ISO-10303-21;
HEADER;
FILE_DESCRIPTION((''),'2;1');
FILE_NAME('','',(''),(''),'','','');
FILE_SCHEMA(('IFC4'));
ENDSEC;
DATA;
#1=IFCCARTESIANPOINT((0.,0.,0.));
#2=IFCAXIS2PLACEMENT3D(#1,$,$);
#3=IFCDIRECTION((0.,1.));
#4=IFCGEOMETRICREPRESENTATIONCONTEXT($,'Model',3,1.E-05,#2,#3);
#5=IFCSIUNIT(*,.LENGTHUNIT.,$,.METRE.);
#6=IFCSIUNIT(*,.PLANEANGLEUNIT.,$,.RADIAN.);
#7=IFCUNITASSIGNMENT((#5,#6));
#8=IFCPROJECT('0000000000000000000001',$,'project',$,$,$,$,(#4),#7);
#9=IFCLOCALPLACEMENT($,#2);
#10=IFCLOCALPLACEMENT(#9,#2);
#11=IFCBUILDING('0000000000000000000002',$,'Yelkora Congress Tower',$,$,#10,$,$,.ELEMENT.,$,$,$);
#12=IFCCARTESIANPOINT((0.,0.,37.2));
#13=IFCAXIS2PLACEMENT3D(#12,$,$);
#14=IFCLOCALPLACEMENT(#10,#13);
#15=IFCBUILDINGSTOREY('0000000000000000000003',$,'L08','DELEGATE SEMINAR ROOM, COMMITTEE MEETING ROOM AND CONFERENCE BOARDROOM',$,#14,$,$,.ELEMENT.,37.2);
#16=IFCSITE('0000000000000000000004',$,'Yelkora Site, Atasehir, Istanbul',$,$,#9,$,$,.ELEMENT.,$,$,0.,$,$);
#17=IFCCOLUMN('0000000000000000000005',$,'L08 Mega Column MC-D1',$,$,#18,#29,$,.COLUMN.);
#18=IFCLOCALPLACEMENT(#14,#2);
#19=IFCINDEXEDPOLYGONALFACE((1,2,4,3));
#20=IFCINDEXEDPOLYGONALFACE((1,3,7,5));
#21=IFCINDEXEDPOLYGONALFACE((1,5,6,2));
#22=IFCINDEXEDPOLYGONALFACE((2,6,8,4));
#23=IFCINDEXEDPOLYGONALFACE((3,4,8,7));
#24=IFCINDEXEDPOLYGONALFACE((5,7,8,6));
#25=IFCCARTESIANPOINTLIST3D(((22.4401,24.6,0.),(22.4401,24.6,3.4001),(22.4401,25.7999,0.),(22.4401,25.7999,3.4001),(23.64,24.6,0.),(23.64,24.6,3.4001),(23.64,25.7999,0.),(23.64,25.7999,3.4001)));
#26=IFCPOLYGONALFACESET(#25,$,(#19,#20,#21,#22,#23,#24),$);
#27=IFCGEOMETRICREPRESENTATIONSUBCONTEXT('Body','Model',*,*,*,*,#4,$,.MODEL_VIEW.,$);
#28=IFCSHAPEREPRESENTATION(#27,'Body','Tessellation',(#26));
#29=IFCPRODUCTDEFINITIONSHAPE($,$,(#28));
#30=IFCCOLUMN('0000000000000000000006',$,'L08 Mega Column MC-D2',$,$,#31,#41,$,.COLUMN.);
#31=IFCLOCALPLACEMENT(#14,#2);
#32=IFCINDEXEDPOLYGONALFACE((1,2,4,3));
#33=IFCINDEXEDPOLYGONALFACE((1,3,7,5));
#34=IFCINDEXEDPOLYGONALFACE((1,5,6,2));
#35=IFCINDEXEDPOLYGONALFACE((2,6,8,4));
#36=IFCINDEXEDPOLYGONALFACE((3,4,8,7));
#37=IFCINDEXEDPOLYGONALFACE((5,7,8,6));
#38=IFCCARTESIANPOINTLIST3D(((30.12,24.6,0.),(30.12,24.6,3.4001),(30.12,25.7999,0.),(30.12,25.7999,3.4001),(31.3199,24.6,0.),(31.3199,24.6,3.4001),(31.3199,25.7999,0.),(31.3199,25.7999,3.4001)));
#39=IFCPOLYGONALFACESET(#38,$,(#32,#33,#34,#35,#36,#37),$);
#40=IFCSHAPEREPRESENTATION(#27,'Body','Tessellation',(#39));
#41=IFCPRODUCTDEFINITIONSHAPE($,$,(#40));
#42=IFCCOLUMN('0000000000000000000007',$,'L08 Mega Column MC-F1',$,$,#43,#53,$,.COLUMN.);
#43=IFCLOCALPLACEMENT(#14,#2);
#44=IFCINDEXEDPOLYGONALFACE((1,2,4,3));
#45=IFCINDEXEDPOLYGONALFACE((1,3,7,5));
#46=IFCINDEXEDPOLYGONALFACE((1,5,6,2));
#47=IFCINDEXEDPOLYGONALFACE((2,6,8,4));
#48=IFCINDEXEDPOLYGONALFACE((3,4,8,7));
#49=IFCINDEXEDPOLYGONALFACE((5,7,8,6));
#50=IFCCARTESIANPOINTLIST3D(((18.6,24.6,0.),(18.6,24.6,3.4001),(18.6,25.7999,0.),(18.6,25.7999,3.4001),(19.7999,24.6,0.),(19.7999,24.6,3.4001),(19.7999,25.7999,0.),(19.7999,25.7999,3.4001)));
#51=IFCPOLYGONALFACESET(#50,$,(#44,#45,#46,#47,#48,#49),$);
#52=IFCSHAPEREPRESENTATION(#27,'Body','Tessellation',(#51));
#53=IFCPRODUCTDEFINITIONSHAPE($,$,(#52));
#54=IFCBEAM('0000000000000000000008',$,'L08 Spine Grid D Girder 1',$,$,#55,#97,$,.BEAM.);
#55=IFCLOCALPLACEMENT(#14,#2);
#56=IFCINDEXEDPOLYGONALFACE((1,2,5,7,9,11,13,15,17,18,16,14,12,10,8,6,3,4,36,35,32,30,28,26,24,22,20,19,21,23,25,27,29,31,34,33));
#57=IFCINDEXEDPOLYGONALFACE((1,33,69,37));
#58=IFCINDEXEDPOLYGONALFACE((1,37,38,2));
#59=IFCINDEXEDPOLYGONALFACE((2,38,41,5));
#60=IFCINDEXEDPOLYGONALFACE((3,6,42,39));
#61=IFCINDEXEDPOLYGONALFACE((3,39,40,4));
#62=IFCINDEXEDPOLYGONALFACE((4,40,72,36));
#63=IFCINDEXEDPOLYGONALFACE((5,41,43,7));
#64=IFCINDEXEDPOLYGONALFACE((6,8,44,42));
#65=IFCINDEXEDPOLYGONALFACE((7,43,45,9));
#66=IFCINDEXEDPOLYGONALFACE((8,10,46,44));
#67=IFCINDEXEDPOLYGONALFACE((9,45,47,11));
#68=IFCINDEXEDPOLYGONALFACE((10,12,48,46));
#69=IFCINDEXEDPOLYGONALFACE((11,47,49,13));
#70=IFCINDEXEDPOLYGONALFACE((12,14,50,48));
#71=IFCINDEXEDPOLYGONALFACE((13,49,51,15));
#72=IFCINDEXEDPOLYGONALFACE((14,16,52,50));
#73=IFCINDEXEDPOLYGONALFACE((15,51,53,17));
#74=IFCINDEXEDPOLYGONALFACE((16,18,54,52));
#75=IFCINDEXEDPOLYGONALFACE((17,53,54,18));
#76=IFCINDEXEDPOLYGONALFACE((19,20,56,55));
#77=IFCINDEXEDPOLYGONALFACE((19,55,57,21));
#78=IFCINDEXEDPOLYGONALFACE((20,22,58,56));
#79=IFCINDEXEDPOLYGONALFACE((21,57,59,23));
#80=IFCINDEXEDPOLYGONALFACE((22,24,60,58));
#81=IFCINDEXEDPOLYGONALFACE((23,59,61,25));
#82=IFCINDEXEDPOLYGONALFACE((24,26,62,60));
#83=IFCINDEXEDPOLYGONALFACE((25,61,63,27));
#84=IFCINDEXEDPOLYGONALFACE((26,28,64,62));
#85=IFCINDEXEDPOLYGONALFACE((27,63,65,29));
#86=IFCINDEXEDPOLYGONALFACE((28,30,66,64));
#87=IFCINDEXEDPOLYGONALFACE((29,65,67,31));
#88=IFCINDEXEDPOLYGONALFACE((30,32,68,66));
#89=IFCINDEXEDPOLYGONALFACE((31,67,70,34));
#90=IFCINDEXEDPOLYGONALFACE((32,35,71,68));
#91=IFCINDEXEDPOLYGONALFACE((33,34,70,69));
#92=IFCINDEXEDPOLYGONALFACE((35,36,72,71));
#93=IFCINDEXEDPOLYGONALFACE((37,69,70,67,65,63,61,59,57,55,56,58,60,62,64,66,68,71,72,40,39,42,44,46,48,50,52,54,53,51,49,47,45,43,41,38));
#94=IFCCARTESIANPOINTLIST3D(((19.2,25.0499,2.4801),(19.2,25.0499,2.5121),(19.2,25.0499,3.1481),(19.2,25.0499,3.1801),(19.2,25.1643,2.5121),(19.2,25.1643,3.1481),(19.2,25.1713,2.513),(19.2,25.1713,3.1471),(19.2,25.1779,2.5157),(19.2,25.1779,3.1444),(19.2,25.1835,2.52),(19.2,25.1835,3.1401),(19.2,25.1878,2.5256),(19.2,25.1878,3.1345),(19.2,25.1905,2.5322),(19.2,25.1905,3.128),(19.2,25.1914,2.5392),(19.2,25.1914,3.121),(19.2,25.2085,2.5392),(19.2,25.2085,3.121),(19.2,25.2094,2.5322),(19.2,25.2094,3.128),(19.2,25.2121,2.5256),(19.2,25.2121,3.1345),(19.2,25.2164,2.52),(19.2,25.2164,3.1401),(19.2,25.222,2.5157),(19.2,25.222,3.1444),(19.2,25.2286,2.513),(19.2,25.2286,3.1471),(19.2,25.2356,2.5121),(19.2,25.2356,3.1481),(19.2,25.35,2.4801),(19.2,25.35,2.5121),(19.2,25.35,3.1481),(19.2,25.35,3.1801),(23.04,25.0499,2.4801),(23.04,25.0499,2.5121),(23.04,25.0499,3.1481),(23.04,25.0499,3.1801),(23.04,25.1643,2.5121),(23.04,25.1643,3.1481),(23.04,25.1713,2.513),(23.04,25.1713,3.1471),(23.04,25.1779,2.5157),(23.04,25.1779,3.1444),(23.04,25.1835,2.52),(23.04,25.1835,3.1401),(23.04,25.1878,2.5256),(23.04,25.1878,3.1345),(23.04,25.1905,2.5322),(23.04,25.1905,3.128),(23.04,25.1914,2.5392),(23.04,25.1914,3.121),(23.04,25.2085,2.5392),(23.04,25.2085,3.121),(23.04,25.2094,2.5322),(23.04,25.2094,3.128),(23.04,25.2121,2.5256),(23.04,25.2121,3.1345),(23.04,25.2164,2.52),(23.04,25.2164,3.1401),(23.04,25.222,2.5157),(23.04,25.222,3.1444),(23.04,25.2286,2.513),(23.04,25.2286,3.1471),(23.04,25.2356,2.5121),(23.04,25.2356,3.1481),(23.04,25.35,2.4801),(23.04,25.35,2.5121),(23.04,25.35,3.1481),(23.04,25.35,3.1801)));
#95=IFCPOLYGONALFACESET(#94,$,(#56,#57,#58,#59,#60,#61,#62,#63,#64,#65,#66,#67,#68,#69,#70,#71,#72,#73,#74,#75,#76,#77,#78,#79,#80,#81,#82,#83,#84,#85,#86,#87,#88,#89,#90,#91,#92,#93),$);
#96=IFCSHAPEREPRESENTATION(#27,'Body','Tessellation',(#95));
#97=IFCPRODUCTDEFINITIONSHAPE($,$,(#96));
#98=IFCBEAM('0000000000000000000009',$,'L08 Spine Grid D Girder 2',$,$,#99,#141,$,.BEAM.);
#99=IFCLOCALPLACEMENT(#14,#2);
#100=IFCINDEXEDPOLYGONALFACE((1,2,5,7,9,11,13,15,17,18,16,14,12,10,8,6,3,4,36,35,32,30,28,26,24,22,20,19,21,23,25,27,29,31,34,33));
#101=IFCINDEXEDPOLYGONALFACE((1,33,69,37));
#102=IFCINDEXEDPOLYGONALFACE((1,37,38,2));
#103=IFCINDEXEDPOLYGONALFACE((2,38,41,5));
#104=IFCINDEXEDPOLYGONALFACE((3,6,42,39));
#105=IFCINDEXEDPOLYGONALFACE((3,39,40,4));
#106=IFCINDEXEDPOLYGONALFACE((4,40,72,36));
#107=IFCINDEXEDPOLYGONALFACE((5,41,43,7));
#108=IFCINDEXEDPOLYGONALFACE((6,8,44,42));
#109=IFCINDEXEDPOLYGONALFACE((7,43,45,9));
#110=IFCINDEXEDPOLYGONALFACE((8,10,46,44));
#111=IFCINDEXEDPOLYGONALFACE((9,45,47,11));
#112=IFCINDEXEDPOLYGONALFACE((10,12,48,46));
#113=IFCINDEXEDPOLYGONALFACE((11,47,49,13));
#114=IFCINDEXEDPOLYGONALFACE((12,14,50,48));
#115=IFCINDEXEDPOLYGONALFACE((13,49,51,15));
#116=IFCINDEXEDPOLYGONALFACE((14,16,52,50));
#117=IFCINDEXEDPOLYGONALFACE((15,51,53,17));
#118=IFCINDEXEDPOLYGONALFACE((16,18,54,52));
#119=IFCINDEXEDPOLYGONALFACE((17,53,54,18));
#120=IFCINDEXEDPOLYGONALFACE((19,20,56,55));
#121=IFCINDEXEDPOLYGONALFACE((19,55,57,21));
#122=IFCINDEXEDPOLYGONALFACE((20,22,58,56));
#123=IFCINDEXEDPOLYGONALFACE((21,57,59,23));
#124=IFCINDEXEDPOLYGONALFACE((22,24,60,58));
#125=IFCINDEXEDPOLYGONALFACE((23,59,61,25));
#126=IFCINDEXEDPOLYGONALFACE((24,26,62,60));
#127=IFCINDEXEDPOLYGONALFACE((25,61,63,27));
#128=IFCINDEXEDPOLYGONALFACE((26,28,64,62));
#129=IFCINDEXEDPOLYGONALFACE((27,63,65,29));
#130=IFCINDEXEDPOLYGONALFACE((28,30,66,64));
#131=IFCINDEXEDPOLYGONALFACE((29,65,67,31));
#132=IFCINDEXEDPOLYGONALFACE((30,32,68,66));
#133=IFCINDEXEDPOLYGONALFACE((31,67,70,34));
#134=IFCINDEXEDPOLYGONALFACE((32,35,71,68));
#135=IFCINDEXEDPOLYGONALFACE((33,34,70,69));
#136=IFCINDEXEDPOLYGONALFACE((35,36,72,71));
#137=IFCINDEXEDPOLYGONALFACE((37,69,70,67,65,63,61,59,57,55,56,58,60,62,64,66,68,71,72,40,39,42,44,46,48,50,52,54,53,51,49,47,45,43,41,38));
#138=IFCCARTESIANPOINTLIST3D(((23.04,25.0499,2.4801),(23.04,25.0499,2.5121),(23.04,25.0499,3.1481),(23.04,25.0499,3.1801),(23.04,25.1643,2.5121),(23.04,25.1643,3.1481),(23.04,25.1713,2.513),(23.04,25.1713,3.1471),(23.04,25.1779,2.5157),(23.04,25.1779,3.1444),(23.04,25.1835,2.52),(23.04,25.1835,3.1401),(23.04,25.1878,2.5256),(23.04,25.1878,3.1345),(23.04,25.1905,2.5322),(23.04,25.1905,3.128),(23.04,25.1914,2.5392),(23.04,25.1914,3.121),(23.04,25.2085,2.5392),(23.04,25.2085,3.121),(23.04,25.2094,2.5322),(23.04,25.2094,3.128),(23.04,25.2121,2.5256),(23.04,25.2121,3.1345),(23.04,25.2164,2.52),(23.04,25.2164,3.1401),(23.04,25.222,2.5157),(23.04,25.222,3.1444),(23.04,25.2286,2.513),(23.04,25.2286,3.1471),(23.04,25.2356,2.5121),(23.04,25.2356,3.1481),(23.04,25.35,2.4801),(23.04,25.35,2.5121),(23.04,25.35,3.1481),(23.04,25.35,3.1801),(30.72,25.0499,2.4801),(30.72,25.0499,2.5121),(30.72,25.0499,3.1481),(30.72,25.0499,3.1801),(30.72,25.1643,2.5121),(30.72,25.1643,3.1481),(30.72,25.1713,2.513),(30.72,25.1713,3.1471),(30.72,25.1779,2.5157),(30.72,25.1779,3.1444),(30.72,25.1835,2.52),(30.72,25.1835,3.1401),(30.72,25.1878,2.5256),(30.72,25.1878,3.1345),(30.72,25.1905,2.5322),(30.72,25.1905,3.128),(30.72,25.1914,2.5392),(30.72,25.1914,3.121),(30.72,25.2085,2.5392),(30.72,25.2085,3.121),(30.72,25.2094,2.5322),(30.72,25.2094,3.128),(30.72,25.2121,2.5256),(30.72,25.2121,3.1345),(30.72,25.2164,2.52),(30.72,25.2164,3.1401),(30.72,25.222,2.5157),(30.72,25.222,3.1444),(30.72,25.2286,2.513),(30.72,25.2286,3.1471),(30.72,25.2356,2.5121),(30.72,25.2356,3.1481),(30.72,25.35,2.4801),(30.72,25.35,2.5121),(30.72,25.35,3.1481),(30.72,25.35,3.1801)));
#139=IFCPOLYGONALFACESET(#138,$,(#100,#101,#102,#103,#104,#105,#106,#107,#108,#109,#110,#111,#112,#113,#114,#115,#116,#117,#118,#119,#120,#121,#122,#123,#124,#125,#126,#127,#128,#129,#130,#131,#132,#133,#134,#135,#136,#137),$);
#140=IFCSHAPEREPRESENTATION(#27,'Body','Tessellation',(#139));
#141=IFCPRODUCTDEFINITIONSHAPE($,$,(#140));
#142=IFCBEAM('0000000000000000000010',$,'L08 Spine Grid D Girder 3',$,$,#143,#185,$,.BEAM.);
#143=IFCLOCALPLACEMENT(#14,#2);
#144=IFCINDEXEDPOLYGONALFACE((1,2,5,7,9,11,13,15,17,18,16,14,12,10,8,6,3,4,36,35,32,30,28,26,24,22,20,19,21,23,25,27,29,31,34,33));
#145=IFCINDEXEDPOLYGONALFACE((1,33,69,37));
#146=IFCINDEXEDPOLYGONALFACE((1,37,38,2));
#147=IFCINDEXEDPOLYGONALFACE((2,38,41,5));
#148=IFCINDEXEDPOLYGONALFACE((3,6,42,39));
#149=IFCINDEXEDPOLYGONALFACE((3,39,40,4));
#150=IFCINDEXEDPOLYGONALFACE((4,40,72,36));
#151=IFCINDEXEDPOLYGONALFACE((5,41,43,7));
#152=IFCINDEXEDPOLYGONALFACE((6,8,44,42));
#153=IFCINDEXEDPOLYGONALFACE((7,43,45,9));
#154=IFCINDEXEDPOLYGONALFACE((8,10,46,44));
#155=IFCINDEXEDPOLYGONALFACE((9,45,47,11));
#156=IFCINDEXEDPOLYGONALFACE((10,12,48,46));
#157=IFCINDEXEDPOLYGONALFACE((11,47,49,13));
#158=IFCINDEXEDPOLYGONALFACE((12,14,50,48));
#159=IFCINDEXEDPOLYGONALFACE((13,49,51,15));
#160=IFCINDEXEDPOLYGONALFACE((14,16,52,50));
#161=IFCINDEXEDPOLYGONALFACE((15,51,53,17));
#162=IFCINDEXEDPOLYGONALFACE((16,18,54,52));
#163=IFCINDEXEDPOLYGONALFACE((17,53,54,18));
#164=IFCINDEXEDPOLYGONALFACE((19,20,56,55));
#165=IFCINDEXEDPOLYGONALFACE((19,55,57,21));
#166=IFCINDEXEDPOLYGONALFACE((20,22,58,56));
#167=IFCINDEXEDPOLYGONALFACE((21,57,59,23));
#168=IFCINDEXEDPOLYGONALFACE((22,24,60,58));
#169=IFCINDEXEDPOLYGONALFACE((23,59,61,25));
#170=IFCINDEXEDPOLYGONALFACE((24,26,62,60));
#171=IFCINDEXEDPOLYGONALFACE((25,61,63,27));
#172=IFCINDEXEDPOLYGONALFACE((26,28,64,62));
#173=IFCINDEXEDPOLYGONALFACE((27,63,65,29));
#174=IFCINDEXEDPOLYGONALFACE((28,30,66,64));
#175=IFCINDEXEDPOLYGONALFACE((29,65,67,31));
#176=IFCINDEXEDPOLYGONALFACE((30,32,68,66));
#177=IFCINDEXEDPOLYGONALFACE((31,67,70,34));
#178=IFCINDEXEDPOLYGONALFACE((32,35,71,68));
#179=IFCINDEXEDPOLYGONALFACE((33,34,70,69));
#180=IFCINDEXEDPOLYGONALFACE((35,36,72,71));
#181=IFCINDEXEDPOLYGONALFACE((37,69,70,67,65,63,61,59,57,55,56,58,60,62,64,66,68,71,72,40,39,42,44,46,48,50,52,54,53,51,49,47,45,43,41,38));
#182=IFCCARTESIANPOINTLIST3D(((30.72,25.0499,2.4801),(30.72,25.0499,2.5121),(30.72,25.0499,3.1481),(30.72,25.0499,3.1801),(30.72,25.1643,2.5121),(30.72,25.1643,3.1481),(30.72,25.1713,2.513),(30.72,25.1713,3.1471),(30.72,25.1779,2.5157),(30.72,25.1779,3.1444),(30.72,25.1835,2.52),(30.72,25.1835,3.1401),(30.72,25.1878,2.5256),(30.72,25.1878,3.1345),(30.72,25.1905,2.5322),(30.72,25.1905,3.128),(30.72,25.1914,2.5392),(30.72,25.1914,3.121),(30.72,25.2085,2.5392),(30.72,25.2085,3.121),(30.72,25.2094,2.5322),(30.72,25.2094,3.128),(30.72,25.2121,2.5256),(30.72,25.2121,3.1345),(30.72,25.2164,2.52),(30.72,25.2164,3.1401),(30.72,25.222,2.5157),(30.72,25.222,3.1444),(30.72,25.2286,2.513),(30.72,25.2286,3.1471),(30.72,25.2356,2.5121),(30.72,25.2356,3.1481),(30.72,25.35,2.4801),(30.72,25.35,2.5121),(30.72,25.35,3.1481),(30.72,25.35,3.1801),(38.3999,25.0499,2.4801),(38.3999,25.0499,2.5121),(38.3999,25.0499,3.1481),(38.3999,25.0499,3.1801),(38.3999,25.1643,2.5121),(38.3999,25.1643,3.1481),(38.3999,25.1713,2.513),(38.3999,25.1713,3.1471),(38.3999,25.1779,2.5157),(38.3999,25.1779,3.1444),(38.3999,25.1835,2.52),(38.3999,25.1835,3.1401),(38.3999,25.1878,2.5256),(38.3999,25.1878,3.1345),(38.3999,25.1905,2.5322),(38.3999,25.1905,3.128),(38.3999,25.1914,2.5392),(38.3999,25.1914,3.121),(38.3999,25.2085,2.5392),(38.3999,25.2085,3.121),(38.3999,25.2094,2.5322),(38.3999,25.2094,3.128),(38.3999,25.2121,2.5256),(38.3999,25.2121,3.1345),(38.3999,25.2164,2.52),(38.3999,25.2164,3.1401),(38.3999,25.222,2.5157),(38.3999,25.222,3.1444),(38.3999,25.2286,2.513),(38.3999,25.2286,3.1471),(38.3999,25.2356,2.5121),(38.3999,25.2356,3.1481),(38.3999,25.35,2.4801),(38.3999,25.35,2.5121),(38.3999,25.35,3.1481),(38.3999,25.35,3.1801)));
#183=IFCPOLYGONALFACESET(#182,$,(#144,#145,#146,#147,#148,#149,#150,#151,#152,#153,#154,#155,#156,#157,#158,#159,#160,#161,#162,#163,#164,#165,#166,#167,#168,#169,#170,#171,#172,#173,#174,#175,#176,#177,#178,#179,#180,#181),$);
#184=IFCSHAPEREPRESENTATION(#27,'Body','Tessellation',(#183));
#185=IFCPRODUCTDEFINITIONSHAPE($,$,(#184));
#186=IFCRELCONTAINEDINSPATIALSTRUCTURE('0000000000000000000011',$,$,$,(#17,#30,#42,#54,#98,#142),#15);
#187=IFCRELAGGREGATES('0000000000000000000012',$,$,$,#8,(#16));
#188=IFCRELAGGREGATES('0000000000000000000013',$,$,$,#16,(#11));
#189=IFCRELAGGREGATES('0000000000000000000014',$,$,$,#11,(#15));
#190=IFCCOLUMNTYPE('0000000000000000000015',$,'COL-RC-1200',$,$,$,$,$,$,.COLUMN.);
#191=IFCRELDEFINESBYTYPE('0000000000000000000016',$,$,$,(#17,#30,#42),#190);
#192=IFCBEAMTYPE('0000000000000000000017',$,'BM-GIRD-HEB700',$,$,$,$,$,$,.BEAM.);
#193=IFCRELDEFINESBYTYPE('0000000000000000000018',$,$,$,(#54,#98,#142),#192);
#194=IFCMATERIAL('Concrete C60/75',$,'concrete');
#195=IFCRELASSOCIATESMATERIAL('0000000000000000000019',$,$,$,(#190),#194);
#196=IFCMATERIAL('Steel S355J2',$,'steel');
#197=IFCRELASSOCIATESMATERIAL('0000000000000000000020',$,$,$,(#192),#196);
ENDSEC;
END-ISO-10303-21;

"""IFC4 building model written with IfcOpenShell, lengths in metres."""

from ifc_helpers import new_model, si_unit, direction, frame, origin, origin_2d, place, context, subcontext, project, spatial, rectangle, i_section, extrude, material, material_profile, profile_set, type_object, element, save


model = new_model("IFC4")

# Units and contexts
model_context = context("Model", 3, precision=1e-05, world=origin(), true_north=direction((0.0, 1.0)))
body_context = subcontext(model_context, "Body", "Model", "MODEL_VIEW")
ifc_project = project(units=[si_unit("LENGTHUNIT", "METRE"), si_unit("PLANEANGLEUNIT", "RADIAN")], contexts=[model_context])

# Site, building, storey
site_placement = place(None, origin())
site = spatial("IfcSite", under=ifc_project, at=site_placement, Name="Yelkora Site, Atasehir, Istanbul", CompositionType="ELEMENT", RefElevation=0.0)
building_placement = place(site_placement, origin())
building = spatial("IfcBuilding", under=site, at=building_placement, Name="Yelkora Congress Tower", CompositionType="ELEMENT")
storey_placement = place(building_placement, frame((0.0, 0.0, 37.2)))
storey = spatial("IfcBuildingStorey", under=building, at=storey_placement, Name="L08", Description="DELEGATE SEMINAR ROOM, COMMITTEE MEETING ROOM AND CONFERENCE BOARDROOM", CompositionType="ELEMENT", Elevation=37.2)

# Columns
ifc_material_1 = material(Name="Concrete C60/75", Category="concrete")
ifc_material_profile_1 = material_profile(ifc_material_1, rectangle(XDim=1.2, YDim=1.2, at=origin_2d()), Name="RC 1200x1200")
ifc_profile_set_1 = profile_set([ifc_material_profile_1], Name="Concrete C60/75")
column_type = type_object("IfcColumnType", Name="COL-RC-1200", PredefinedType="COLUMN", material=ifc_profile_set_1)
for number, where, z_axis, x_axis, name in (
    (1, (23.04, 25.2, 0.0), (0.0, 0.0, 1.0), (1.0, 0.0, 0.0), "L08 Mega Column MC-D1"),
    (2, (30.72, 25.2, 0.0), (0.0, 0.0, 1.0), (1.0, 0.0, 0.0), "L08 Mega Column MC-D2"),
    (3, (19.2, 25.2, 0.0), (0.0, 0.0, 1.0), (1.0, 0.0, 0.0), "L08 Mega Column MC-F1"),
):
    element("IfcColumn", number, at=place(storey_placement, frame(where, z_axis=z_axis, x_axis=x_axis)), inside=storey, type_object=column_type, Name=name, PredefinedType="COLUMN", context=body_context, shape_type="SweptSolid", body=[
        extrude(rectangle(XDim=1.2, YDim=1.2, at=origin_2d()), origin(), (0.0, 0.0, 1.0), 3.4001),
    ])

# Beams
ifc_material_2 = material(Name="Steel S355J2", Category="steel")
ifc_material_profile_2 = material_profile(ifc_material_2, i_section(OverallWidth=0.3, OverallDepth=0.7, WebThickness=0.0171, FlangeThickness=0.032, FilletRadius=0.0271, at=origin_2d()), Name="HEB 700")
ifc_profile_set_2 = profile_set([ifc_material_profile_2], Name="Steel S355J2")
beam_type_1 = type_object("IfcBeamType", Name="BM-GIRD-HEB700", PredefinedType="BEAM", material=ifc_profile_set_2)
beam_1_placement = place(storey_placement, frame((19.2, 25.2, 2.8301), z_axis=(1.0, 0.0, 0.0), x_axis=(0.0, 1.0, 0.0)))
element("IfcBeam", 4, at=beam_1_placement, inside=storey, type_object=beam_type_1, Name="L08 Spine Grid D Girder 1", PredefinedType="BEAM", context=body_context, shape_type="SweptSolid", body=[
    extrude(i_section(OverallWidth=0.3, OverallDepth=0.7, WebThickness=0.0171, FlangeThickness=0.032, FilletRadius=0.0271, at=origin_2d()), origin(), (0.0, 0.0, 1.0), 3.8401),
])
for number, where, z_axis, x_axis, name in (
    (5, (23.04, 25.2, 2.8301), (1.0, 0.0, 0.0), (0.0, 1.0, 0.0), "L08 Spine Grid D Girder 2"),
    (6, (30.72, 25.2, 2.8301), (1.0, 0.0, 0.0), (0.0, 1.0, 0.0), "L08 Spine Grid D Girder 3"),
):
    element("IfcBeam", number, at=place(storey_placement, frame(where, z_axis=z_axis, x_axis=x_axis)), inside=storey, type_object=beam_type_1, Name=name, PredefinedType="BEAM", context=body_context, shape_type="SweptSolid", body=[
        extrude(i_section(OverallWidth=0.3, OverallDepth=0.7, WebThickness=0.0171, FlangeThickness=0.032, FilletRadius=0.0271, at=origin_2d()), origin(), (0.0, 0.0, 1.0), 7.6799),
    ])

save(model, "model.ifc")
